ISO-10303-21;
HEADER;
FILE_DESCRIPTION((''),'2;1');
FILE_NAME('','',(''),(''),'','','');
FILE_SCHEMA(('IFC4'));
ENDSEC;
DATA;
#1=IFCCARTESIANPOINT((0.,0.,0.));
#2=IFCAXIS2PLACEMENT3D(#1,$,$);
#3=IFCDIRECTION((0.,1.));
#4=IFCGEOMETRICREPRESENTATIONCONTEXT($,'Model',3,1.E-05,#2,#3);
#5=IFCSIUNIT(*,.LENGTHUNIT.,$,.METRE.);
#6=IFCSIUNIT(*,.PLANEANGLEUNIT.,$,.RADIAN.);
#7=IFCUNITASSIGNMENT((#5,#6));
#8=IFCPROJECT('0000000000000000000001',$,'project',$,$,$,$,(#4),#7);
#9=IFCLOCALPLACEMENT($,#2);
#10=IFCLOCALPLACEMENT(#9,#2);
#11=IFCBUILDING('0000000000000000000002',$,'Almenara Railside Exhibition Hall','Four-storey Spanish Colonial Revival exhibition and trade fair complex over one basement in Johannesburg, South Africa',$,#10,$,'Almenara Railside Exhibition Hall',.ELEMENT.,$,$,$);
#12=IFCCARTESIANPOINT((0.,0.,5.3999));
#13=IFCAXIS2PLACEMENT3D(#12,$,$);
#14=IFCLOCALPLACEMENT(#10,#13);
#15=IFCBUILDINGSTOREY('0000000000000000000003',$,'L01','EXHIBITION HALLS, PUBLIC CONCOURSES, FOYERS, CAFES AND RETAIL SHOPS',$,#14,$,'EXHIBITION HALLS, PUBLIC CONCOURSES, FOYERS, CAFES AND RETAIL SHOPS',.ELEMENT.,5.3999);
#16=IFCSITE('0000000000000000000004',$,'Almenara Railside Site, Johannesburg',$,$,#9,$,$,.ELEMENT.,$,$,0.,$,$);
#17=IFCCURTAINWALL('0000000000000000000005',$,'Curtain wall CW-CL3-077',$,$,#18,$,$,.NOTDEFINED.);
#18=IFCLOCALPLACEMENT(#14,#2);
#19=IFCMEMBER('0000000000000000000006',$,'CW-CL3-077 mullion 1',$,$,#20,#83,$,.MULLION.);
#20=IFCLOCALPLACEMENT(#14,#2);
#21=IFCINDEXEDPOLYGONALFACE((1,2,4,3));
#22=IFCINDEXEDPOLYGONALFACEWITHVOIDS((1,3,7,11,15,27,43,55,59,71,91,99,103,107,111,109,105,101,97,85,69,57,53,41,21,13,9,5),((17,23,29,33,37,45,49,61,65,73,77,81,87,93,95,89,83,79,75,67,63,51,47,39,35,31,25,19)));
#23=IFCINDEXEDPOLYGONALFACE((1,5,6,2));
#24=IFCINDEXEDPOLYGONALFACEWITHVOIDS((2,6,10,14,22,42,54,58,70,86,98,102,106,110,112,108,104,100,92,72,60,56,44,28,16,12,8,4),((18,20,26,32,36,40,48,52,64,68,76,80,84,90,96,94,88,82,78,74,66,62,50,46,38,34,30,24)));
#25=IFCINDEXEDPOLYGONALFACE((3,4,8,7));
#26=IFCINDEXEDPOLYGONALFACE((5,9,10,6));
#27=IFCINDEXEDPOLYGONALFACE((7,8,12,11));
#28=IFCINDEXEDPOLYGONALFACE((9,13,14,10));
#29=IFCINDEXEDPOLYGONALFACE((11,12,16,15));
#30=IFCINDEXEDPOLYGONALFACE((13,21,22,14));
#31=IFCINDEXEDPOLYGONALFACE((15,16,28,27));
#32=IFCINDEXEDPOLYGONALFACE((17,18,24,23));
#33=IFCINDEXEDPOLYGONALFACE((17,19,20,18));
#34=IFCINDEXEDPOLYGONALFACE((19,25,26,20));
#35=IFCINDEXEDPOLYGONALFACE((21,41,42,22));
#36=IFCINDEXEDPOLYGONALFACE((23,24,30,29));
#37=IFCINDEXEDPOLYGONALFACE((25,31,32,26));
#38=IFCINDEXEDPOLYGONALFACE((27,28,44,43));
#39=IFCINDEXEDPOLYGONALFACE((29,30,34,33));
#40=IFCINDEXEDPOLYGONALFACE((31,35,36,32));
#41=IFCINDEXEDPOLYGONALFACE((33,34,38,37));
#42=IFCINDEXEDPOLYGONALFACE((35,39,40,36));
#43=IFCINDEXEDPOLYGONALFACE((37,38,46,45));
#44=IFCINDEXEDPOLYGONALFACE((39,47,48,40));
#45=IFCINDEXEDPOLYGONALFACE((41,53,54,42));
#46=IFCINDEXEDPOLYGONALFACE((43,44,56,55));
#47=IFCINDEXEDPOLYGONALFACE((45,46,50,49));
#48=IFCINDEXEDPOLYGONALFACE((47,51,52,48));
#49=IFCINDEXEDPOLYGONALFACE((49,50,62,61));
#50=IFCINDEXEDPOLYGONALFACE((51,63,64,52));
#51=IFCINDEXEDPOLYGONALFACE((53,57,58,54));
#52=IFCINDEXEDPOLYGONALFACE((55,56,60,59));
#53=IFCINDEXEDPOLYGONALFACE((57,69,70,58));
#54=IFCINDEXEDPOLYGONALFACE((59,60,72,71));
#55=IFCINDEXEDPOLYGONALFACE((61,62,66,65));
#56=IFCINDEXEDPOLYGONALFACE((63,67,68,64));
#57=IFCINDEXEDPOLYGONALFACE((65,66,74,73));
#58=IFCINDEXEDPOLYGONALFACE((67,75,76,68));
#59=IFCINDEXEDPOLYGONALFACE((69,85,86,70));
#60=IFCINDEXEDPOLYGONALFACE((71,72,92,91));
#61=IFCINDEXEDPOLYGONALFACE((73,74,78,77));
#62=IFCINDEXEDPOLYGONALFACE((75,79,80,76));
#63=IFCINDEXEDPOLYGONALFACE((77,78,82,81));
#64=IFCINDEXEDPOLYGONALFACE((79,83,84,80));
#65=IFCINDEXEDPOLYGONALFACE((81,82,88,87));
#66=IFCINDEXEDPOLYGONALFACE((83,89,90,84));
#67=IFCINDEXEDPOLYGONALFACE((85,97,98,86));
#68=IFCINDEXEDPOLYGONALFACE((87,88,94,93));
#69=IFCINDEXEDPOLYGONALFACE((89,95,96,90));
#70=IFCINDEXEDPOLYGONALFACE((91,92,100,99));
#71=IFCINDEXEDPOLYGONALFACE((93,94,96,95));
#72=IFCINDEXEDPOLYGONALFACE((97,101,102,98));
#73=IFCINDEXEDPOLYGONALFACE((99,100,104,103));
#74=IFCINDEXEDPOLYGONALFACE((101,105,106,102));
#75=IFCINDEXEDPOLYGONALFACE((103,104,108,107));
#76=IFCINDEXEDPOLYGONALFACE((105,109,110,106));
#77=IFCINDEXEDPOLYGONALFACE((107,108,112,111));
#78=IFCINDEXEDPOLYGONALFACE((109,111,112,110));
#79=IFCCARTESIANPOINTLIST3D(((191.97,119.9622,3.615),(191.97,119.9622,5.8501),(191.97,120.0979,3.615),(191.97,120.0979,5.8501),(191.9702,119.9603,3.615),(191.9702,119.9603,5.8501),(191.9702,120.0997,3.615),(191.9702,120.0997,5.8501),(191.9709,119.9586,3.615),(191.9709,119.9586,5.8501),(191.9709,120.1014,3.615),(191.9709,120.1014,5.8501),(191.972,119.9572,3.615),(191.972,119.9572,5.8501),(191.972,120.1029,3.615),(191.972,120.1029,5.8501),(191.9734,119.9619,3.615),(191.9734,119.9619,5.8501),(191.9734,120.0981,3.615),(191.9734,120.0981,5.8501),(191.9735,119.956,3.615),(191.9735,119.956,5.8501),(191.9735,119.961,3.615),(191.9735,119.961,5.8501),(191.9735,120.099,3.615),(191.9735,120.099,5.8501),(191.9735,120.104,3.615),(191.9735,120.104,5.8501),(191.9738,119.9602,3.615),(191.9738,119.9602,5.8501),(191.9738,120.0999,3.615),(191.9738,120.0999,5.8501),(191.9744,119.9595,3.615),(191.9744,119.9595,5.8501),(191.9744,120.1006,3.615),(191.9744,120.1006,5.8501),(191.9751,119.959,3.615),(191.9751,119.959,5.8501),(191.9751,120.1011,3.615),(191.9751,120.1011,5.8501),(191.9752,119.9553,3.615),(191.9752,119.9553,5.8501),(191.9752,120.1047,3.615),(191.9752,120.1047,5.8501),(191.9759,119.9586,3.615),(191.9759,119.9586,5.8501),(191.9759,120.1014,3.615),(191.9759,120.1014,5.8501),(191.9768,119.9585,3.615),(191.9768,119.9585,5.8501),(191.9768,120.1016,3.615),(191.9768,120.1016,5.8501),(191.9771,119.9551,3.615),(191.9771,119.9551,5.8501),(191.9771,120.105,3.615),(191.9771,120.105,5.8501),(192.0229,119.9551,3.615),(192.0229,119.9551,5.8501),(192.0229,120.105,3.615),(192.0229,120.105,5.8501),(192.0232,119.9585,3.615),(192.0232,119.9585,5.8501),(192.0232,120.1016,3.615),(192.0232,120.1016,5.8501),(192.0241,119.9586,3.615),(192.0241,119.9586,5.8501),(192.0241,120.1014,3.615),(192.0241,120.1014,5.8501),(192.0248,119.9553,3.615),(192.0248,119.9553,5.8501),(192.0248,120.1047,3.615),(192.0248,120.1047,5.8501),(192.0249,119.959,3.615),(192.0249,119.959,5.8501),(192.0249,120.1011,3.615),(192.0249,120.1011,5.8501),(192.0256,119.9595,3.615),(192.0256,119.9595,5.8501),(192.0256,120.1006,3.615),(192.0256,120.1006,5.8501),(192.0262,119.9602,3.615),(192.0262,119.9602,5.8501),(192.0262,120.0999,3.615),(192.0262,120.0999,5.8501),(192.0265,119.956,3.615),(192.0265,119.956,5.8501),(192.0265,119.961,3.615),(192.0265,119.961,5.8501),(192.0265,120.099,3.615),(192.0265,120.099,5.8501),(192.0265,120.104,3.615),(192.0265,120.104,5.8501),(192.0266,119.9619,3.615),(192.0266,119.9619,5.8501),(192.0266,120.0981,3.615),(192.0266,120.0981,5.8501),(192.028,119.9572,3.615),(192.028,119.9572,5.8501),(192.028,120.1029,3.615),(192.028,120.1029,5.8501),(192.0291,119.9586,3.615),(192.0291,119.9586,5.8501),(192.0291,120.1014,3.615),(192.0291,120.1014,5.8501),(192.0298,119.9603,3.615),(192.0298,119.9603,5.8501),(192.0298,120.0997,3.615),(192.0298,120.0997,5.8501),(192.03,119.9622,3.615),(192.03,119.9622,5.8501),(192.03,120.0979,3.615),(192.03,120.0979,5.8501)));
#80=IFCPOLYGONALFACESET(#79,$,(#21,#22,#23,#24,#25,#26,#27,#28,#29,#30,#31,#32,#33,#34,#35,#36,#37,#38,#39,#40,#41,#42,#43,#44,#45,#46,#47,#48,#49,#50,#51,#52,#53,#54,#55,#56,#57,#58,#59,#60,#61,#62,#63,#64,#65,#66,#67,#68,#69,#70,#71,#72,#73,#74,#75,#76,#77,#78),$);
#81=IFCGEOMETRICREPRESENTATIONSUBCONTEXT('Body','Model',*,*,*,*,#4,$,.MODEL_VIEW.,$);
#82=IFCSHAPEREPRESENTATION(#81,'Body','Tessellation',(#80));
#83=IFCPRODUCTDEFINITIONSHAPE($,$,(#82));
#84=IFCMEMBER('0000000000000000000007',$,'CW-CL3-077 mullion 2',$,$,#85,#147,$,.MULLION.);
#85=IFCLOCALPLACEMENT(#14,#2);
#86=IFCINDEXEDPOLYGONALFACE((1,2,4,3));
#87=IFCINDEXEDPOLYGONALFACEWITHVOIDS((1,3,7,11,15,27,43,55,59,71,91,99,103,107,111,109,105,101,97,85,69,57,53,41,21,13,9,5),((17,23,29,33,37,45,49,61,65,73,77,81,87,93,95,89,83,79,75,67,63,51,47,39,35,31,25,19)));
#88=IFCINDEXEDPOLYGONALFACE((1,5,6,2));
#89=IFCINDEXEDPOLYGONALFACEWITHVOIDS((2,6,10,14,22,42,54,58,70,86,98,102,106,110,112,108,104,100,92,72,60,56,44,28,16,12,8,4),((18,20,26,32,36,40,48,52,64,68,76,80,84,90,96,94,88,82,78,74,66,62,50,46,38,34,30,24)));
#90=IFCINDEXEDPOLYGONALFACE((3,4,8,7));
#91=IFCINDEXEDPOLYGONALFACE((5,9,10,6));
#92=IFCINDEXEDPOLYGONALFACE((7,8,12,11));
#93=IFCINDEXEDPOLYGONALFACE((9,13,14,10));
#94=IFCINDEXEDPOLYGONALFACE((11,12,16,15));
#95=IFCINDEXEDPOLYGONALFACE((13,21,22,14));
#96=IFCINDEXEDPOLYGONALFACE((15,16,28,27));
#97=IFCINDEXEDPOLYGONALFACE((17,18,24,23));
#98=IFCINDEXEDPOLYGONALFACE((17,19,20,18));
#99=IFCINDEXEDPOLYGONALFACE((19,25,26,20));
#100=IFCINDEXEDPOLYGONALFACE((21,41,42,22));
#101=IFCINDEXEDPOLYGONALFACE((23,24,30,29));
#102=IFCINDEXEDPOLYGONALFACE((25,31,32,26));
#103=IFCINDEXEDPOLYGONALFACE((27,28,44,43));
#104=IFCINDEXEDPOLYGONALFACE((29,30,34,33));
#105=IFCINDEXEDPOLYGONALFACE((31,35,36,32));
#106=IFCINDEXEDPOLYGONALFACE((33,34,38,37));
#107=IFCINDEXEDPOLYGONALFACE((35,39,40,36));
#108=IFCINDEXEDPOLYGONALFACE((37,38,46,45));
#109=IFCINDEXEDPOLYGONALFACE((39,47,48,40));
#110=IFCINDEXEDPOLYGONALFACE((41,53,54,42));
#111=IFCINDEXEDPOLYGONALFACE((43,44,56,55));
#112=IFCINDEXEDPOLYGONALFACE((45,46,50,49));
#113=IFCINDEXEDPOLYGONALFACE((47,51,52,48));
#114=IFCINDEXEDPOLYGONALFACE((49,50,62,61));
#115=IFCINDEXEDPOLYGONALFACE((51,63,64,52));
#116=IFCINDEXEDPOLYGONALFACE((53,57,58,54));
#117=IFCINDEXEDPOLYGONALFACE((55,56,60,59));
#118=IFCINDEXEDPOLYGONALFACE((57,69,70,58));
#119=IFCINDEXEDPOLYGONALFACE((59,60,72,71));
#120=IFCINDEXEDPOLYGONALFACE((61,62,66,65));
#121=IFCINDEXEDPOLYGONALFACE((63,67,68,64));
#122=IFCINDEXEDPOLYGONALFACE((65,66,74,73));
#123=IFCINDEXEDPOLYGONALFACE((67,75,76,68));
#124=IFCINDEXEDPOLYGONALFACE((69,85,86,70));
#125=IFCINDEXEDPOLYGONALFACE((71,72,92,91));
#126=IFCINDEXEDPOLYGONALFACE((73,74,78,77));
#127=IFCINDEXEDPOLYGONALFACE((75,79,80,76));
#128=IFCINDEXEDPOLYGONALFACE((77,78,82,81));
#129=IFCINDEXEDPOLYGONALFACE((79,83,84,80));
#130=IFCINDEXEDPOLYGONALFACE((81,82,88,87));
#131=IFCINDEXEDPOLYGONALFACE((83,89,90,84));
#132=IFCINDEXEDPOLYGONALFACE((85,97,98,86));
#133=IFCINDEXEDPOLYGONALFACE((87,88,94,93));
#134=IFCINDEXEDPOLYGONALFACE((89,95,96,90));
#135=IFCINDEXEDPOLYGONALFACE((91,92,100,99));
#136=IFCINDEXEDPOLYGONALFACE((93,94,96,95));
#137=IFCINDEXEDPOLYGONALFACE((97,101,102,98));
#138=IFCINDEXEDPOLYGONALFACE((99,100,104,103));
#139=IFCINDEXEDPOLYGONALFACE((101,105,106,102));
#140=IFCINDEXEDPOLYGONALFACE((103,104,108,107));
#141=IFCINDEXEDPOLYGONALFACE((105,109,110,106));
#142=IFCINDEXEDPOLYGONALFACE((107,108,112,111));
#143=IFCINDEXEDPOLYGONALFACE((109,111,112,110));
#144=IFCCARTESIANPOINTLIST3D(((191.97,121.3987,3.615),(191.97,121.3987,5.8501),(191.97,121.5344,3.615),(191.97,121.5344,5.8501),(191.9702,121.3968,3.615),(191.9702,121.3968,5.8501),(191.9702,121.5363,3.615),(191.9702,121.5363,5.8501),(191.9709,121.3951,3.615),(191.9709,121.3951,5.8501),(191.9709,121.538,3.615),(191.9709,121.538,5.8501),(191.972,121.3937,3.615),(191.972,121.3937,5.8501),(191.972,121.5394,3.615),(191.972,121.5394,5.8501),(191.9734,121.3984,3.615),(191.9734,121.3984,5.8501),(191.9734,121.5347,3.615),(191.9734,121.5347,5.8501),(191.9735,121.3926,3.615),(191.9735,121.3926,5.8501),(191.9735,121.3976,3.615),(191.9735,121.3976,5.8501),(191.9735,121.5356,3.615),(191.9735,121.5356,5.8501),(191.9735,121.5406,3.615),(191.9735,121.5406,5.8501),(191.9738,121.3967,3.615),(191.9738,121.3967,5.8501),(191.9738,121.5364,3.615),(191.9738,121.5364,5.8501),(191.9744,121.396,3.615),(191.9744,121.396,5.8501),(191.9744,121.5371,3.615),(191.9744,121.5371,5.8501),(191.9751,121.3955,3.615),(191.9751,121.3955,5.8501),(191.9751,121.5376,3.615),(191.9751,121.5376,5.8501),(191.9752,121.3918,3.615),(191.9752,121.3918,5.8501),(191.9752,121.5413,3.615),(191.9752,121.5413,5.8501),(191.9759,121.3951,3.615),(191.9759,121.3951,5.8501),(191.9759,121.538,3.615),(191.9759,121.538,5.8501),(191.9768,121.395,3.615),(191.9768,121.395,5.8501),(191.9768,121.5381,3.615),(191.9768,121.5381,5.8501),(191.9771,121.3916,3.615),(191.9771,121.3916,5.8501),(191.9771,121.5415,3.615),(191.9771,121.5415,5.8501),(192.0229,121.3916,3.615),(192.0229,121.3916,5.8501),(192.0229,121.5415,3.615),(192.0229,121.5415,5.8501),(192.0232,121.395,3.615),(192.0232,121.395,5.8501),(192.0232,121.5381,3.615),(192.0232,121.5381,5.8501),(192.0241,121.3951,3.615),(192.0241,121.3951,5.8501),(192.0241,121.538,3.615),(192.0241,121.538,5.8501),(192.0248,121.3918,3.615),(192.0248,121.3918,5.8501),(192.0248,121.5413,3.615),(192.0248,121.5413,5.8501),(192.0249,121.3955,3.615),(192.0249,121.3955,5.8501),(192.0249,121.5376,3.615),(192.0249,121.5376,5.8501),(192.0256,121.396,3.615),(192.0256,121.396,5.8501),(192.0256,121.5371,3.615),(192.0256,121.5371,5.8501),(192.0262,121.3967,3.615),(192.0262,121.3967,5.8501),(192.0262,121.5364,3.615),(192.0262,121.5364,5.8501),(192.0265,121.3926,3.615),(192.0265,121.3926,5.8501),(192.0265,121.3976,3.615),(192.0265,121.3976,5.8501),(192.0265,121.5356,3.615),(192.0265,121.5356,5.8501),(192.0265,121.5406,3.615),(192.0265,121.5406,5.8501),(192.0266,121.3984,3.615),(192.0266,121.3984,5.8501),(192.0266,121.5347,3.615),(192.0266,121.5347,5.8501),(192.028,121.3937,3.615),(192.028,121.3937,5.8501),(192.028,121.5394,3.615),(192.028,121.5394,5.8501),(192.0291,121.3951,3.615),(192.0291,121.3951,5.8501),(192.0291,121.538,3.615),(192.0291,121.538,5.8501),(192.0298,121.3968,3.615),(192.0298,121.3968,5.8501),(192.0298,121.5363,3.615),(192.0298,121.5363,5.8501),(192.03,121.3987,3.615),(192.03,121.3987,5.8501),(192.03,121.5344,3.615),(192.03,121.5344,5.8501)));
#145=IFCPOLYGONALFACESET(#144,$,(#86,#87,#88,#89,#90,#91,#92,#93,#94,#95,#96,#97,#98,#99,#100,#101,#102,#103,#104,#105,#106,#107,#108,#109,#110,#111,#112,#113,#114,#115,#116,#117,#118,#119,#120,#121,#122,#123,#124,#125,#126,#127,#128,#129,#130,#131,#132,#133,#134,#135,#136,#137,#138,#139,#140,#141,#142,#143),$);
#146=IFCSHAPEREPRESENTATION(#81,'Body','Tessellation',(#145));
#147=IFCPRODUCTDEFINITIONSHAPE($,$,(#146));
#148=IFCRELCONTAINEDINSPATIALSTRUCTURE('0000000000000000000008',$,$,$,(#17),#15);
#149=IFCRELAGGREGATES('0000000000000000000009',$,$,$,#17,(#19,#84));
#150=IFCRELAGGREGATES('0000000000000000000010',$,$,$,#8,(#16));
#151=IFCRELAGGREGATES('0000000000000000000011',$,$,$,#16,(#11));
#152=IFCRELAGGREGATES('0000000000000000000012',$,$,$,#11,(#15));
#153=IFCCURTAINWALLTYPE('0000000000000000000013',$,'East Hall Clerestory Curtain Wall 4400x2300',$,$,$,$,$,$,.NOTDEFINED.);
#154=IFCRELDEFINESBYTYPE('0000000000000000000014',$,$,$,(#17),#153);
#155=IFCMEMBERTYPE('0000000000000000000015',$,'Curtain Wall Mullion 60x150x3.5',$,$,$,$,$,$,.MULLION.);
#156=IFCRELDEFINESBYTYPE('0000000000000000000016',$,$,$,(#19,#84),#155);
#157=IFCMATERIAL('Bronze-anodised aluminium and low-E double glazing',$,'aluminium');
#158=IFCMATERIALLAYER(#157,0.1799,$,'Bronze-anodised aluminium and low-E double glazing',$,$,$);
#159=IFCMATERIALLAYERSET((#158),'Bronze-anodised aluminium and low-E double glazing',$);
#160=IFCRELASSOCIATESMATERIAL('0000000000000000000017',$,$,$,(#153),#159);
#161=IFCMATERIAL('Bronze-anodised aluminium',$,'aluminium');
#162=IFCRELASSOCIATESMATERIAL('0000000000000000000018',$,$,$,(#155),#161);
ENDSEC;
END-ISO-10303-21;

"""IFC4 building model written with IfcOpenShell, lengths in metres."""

from ifc_helpers import new_model, si_unit, direction, frame, origin, origin_2d, place, context, subcontext, project, spatial, hollow_rectangle, extrude, material, layer, layer_set, material_profile, profile_set, type_object, element, aggregate, save


model = new_model("IFC4")

# Units and contexts
model_context = context("Model", 3, precision=1e-05, world=origin(), true_north=direction((0.0, 1.0)))
body_context = subcontext(model_context, "Body", "Model", "MODEL_VIEW")
ifc_project = project(units=[si_unit("LENGTHUNIT", "METRE"), si_unit("PLANEANGLEUNIT", "RADIAN")], contexts=[model_context])

# Site, building, storey
site_placement = place(None, origin())
site = spatial("IfcSite", under=ifc_project, at=site_placement, Name="Almenara Railside Site, Johannesburg", CompositionType="ELEMENT", RefElevation=0.0)
building_placement = place(site_placement, origin())
building = spatial("IfcBuilding", under=site, at=building_placement, Name="Almenara Railside Exhibition Hall", Description="Four-storey Spanish Colonial Revival exhibition and trade fair complex over one basement in Johannesburg, South Africa", LongName="Almenara Railside Exhibition Hall", CompositionType="ELEMENT")
storey_placement = place(building_placement, frame((0.0, 0.0, 5.3999)))
storey = spatial("IfcBuildingStorey", under=building, at=storey_placement, Name="L01", Description="EXHIBITION HALLS, PUBLIC CONCOURSES, FOYERS, CAFES AND RETAIL SHOPS", LongName="EXHIBITION HALLS, PUBLIC CONCOURSES, FOYERS, CAFES AND RETAIL SHOPS", CompositionType="ELEMENT", Elevation=5.3999)

# Curtain wall, members
ifc_material_1 = material(Name="Bronze-anodised aluminium and low-E double glazing", Category="aluminium")
ifc_material_2 = material(Name="Bronze-anodised aluminium", Category="aluminium")
ifc_layer_1 = layer(ifc_material_1, 0.1799, Name="Bronze-anodised aluminium and low-E double glazing")
ifc_layer_set_1 = layer_set([ifc_layer_1], Name="Bronze-anodised aluminium and low-E double glazing")
curtain_wall_type_1 = type_object("IfcCurtainWallType", Name="East Hall Clerestory Curtain Wall 4400x2300", PredefinedType="NOTDEFINED", material=ifc_layer_set_1)
curtain_wall_1_placement = place(storey_placement, origin())
curtain_wall_1 = element("IfcCurtainWall", 1, at=curtain_wall_1_placement, inside=storey, type_object=curtain_wall_type_1, Name="Curtain wall CW-CL3-077", PredefinedType="NOTDEFINED")
ifc_material_profile_1 = material_profile(ifc_material_2, hollow_rectangle(XDim=0.0601, YDim=0.1499, WallThickness=0.0034, InnerFilletRadius=0.0034, OuterFilletRadius=0.0071, at=origin_2d()), Name="ALU-MUL 60x150x3.5")
ifc_profile_set_1 = profile_set([ifc_material_profile_1], Name="Bronze-anodised aluminium")
member_type_1 = type_object("IfcMemberType", Name="Curtain Wall Mullion 60x150x3.5", PredefinedType="MULLION", material=ifc_profile_set_1)
member_1_placement = place(storey_placement, frame((192.0, 120.03, 3.615), z_axis=(0.0, 0.0, 1.0), x_axis=(-1.0, 0.0, 0.0)))
member_1 = element("IfcMember", 2, at=member_1_placement, type_object=member_type_1, Name="CW-CL3-077 mullion 1", PredefinedType="MULLION", context=body_context, shape_type="SweptSolid", body=[
    extrude(hollow_rectangle(XDim=0.0601, YDim=0.1499, WallThickness=0.0034, InnerFilletRadius=0.0034, OuterFilletRadius=0.0071, at=origin_2d()), origin(), (0.0, 0.0, 1.0), 2.2351),
])
member_2_placement = place(storey_placement, frame((192.0, 121.4666, 3.615), z_axis=(0.0, 0.0, 1.0), x_axis=(-1.0, 0.0, 0.0)))
member_2 = element("IfcMember", 3, at=member_2_placement, type_object=member_type_1, Name="CW-CL3-077 mullion 2", PredefinedType="MULLION", context=body_context, shape_type="SweptSolid", body=[
    extrude(hollow_rectangle(XDim=0.0601, YDim=0.1499, WallThickness=0.0034, InnerFilletRadius=0.0034, OuterFilletRadius=0.0071, at=origin_2d()), origin(), (0.0, 0.0, 1.0), 2.2351),
])

aggregate(curtain_wall_1, [member_1, member_2])

save(model, "model.ifc")
